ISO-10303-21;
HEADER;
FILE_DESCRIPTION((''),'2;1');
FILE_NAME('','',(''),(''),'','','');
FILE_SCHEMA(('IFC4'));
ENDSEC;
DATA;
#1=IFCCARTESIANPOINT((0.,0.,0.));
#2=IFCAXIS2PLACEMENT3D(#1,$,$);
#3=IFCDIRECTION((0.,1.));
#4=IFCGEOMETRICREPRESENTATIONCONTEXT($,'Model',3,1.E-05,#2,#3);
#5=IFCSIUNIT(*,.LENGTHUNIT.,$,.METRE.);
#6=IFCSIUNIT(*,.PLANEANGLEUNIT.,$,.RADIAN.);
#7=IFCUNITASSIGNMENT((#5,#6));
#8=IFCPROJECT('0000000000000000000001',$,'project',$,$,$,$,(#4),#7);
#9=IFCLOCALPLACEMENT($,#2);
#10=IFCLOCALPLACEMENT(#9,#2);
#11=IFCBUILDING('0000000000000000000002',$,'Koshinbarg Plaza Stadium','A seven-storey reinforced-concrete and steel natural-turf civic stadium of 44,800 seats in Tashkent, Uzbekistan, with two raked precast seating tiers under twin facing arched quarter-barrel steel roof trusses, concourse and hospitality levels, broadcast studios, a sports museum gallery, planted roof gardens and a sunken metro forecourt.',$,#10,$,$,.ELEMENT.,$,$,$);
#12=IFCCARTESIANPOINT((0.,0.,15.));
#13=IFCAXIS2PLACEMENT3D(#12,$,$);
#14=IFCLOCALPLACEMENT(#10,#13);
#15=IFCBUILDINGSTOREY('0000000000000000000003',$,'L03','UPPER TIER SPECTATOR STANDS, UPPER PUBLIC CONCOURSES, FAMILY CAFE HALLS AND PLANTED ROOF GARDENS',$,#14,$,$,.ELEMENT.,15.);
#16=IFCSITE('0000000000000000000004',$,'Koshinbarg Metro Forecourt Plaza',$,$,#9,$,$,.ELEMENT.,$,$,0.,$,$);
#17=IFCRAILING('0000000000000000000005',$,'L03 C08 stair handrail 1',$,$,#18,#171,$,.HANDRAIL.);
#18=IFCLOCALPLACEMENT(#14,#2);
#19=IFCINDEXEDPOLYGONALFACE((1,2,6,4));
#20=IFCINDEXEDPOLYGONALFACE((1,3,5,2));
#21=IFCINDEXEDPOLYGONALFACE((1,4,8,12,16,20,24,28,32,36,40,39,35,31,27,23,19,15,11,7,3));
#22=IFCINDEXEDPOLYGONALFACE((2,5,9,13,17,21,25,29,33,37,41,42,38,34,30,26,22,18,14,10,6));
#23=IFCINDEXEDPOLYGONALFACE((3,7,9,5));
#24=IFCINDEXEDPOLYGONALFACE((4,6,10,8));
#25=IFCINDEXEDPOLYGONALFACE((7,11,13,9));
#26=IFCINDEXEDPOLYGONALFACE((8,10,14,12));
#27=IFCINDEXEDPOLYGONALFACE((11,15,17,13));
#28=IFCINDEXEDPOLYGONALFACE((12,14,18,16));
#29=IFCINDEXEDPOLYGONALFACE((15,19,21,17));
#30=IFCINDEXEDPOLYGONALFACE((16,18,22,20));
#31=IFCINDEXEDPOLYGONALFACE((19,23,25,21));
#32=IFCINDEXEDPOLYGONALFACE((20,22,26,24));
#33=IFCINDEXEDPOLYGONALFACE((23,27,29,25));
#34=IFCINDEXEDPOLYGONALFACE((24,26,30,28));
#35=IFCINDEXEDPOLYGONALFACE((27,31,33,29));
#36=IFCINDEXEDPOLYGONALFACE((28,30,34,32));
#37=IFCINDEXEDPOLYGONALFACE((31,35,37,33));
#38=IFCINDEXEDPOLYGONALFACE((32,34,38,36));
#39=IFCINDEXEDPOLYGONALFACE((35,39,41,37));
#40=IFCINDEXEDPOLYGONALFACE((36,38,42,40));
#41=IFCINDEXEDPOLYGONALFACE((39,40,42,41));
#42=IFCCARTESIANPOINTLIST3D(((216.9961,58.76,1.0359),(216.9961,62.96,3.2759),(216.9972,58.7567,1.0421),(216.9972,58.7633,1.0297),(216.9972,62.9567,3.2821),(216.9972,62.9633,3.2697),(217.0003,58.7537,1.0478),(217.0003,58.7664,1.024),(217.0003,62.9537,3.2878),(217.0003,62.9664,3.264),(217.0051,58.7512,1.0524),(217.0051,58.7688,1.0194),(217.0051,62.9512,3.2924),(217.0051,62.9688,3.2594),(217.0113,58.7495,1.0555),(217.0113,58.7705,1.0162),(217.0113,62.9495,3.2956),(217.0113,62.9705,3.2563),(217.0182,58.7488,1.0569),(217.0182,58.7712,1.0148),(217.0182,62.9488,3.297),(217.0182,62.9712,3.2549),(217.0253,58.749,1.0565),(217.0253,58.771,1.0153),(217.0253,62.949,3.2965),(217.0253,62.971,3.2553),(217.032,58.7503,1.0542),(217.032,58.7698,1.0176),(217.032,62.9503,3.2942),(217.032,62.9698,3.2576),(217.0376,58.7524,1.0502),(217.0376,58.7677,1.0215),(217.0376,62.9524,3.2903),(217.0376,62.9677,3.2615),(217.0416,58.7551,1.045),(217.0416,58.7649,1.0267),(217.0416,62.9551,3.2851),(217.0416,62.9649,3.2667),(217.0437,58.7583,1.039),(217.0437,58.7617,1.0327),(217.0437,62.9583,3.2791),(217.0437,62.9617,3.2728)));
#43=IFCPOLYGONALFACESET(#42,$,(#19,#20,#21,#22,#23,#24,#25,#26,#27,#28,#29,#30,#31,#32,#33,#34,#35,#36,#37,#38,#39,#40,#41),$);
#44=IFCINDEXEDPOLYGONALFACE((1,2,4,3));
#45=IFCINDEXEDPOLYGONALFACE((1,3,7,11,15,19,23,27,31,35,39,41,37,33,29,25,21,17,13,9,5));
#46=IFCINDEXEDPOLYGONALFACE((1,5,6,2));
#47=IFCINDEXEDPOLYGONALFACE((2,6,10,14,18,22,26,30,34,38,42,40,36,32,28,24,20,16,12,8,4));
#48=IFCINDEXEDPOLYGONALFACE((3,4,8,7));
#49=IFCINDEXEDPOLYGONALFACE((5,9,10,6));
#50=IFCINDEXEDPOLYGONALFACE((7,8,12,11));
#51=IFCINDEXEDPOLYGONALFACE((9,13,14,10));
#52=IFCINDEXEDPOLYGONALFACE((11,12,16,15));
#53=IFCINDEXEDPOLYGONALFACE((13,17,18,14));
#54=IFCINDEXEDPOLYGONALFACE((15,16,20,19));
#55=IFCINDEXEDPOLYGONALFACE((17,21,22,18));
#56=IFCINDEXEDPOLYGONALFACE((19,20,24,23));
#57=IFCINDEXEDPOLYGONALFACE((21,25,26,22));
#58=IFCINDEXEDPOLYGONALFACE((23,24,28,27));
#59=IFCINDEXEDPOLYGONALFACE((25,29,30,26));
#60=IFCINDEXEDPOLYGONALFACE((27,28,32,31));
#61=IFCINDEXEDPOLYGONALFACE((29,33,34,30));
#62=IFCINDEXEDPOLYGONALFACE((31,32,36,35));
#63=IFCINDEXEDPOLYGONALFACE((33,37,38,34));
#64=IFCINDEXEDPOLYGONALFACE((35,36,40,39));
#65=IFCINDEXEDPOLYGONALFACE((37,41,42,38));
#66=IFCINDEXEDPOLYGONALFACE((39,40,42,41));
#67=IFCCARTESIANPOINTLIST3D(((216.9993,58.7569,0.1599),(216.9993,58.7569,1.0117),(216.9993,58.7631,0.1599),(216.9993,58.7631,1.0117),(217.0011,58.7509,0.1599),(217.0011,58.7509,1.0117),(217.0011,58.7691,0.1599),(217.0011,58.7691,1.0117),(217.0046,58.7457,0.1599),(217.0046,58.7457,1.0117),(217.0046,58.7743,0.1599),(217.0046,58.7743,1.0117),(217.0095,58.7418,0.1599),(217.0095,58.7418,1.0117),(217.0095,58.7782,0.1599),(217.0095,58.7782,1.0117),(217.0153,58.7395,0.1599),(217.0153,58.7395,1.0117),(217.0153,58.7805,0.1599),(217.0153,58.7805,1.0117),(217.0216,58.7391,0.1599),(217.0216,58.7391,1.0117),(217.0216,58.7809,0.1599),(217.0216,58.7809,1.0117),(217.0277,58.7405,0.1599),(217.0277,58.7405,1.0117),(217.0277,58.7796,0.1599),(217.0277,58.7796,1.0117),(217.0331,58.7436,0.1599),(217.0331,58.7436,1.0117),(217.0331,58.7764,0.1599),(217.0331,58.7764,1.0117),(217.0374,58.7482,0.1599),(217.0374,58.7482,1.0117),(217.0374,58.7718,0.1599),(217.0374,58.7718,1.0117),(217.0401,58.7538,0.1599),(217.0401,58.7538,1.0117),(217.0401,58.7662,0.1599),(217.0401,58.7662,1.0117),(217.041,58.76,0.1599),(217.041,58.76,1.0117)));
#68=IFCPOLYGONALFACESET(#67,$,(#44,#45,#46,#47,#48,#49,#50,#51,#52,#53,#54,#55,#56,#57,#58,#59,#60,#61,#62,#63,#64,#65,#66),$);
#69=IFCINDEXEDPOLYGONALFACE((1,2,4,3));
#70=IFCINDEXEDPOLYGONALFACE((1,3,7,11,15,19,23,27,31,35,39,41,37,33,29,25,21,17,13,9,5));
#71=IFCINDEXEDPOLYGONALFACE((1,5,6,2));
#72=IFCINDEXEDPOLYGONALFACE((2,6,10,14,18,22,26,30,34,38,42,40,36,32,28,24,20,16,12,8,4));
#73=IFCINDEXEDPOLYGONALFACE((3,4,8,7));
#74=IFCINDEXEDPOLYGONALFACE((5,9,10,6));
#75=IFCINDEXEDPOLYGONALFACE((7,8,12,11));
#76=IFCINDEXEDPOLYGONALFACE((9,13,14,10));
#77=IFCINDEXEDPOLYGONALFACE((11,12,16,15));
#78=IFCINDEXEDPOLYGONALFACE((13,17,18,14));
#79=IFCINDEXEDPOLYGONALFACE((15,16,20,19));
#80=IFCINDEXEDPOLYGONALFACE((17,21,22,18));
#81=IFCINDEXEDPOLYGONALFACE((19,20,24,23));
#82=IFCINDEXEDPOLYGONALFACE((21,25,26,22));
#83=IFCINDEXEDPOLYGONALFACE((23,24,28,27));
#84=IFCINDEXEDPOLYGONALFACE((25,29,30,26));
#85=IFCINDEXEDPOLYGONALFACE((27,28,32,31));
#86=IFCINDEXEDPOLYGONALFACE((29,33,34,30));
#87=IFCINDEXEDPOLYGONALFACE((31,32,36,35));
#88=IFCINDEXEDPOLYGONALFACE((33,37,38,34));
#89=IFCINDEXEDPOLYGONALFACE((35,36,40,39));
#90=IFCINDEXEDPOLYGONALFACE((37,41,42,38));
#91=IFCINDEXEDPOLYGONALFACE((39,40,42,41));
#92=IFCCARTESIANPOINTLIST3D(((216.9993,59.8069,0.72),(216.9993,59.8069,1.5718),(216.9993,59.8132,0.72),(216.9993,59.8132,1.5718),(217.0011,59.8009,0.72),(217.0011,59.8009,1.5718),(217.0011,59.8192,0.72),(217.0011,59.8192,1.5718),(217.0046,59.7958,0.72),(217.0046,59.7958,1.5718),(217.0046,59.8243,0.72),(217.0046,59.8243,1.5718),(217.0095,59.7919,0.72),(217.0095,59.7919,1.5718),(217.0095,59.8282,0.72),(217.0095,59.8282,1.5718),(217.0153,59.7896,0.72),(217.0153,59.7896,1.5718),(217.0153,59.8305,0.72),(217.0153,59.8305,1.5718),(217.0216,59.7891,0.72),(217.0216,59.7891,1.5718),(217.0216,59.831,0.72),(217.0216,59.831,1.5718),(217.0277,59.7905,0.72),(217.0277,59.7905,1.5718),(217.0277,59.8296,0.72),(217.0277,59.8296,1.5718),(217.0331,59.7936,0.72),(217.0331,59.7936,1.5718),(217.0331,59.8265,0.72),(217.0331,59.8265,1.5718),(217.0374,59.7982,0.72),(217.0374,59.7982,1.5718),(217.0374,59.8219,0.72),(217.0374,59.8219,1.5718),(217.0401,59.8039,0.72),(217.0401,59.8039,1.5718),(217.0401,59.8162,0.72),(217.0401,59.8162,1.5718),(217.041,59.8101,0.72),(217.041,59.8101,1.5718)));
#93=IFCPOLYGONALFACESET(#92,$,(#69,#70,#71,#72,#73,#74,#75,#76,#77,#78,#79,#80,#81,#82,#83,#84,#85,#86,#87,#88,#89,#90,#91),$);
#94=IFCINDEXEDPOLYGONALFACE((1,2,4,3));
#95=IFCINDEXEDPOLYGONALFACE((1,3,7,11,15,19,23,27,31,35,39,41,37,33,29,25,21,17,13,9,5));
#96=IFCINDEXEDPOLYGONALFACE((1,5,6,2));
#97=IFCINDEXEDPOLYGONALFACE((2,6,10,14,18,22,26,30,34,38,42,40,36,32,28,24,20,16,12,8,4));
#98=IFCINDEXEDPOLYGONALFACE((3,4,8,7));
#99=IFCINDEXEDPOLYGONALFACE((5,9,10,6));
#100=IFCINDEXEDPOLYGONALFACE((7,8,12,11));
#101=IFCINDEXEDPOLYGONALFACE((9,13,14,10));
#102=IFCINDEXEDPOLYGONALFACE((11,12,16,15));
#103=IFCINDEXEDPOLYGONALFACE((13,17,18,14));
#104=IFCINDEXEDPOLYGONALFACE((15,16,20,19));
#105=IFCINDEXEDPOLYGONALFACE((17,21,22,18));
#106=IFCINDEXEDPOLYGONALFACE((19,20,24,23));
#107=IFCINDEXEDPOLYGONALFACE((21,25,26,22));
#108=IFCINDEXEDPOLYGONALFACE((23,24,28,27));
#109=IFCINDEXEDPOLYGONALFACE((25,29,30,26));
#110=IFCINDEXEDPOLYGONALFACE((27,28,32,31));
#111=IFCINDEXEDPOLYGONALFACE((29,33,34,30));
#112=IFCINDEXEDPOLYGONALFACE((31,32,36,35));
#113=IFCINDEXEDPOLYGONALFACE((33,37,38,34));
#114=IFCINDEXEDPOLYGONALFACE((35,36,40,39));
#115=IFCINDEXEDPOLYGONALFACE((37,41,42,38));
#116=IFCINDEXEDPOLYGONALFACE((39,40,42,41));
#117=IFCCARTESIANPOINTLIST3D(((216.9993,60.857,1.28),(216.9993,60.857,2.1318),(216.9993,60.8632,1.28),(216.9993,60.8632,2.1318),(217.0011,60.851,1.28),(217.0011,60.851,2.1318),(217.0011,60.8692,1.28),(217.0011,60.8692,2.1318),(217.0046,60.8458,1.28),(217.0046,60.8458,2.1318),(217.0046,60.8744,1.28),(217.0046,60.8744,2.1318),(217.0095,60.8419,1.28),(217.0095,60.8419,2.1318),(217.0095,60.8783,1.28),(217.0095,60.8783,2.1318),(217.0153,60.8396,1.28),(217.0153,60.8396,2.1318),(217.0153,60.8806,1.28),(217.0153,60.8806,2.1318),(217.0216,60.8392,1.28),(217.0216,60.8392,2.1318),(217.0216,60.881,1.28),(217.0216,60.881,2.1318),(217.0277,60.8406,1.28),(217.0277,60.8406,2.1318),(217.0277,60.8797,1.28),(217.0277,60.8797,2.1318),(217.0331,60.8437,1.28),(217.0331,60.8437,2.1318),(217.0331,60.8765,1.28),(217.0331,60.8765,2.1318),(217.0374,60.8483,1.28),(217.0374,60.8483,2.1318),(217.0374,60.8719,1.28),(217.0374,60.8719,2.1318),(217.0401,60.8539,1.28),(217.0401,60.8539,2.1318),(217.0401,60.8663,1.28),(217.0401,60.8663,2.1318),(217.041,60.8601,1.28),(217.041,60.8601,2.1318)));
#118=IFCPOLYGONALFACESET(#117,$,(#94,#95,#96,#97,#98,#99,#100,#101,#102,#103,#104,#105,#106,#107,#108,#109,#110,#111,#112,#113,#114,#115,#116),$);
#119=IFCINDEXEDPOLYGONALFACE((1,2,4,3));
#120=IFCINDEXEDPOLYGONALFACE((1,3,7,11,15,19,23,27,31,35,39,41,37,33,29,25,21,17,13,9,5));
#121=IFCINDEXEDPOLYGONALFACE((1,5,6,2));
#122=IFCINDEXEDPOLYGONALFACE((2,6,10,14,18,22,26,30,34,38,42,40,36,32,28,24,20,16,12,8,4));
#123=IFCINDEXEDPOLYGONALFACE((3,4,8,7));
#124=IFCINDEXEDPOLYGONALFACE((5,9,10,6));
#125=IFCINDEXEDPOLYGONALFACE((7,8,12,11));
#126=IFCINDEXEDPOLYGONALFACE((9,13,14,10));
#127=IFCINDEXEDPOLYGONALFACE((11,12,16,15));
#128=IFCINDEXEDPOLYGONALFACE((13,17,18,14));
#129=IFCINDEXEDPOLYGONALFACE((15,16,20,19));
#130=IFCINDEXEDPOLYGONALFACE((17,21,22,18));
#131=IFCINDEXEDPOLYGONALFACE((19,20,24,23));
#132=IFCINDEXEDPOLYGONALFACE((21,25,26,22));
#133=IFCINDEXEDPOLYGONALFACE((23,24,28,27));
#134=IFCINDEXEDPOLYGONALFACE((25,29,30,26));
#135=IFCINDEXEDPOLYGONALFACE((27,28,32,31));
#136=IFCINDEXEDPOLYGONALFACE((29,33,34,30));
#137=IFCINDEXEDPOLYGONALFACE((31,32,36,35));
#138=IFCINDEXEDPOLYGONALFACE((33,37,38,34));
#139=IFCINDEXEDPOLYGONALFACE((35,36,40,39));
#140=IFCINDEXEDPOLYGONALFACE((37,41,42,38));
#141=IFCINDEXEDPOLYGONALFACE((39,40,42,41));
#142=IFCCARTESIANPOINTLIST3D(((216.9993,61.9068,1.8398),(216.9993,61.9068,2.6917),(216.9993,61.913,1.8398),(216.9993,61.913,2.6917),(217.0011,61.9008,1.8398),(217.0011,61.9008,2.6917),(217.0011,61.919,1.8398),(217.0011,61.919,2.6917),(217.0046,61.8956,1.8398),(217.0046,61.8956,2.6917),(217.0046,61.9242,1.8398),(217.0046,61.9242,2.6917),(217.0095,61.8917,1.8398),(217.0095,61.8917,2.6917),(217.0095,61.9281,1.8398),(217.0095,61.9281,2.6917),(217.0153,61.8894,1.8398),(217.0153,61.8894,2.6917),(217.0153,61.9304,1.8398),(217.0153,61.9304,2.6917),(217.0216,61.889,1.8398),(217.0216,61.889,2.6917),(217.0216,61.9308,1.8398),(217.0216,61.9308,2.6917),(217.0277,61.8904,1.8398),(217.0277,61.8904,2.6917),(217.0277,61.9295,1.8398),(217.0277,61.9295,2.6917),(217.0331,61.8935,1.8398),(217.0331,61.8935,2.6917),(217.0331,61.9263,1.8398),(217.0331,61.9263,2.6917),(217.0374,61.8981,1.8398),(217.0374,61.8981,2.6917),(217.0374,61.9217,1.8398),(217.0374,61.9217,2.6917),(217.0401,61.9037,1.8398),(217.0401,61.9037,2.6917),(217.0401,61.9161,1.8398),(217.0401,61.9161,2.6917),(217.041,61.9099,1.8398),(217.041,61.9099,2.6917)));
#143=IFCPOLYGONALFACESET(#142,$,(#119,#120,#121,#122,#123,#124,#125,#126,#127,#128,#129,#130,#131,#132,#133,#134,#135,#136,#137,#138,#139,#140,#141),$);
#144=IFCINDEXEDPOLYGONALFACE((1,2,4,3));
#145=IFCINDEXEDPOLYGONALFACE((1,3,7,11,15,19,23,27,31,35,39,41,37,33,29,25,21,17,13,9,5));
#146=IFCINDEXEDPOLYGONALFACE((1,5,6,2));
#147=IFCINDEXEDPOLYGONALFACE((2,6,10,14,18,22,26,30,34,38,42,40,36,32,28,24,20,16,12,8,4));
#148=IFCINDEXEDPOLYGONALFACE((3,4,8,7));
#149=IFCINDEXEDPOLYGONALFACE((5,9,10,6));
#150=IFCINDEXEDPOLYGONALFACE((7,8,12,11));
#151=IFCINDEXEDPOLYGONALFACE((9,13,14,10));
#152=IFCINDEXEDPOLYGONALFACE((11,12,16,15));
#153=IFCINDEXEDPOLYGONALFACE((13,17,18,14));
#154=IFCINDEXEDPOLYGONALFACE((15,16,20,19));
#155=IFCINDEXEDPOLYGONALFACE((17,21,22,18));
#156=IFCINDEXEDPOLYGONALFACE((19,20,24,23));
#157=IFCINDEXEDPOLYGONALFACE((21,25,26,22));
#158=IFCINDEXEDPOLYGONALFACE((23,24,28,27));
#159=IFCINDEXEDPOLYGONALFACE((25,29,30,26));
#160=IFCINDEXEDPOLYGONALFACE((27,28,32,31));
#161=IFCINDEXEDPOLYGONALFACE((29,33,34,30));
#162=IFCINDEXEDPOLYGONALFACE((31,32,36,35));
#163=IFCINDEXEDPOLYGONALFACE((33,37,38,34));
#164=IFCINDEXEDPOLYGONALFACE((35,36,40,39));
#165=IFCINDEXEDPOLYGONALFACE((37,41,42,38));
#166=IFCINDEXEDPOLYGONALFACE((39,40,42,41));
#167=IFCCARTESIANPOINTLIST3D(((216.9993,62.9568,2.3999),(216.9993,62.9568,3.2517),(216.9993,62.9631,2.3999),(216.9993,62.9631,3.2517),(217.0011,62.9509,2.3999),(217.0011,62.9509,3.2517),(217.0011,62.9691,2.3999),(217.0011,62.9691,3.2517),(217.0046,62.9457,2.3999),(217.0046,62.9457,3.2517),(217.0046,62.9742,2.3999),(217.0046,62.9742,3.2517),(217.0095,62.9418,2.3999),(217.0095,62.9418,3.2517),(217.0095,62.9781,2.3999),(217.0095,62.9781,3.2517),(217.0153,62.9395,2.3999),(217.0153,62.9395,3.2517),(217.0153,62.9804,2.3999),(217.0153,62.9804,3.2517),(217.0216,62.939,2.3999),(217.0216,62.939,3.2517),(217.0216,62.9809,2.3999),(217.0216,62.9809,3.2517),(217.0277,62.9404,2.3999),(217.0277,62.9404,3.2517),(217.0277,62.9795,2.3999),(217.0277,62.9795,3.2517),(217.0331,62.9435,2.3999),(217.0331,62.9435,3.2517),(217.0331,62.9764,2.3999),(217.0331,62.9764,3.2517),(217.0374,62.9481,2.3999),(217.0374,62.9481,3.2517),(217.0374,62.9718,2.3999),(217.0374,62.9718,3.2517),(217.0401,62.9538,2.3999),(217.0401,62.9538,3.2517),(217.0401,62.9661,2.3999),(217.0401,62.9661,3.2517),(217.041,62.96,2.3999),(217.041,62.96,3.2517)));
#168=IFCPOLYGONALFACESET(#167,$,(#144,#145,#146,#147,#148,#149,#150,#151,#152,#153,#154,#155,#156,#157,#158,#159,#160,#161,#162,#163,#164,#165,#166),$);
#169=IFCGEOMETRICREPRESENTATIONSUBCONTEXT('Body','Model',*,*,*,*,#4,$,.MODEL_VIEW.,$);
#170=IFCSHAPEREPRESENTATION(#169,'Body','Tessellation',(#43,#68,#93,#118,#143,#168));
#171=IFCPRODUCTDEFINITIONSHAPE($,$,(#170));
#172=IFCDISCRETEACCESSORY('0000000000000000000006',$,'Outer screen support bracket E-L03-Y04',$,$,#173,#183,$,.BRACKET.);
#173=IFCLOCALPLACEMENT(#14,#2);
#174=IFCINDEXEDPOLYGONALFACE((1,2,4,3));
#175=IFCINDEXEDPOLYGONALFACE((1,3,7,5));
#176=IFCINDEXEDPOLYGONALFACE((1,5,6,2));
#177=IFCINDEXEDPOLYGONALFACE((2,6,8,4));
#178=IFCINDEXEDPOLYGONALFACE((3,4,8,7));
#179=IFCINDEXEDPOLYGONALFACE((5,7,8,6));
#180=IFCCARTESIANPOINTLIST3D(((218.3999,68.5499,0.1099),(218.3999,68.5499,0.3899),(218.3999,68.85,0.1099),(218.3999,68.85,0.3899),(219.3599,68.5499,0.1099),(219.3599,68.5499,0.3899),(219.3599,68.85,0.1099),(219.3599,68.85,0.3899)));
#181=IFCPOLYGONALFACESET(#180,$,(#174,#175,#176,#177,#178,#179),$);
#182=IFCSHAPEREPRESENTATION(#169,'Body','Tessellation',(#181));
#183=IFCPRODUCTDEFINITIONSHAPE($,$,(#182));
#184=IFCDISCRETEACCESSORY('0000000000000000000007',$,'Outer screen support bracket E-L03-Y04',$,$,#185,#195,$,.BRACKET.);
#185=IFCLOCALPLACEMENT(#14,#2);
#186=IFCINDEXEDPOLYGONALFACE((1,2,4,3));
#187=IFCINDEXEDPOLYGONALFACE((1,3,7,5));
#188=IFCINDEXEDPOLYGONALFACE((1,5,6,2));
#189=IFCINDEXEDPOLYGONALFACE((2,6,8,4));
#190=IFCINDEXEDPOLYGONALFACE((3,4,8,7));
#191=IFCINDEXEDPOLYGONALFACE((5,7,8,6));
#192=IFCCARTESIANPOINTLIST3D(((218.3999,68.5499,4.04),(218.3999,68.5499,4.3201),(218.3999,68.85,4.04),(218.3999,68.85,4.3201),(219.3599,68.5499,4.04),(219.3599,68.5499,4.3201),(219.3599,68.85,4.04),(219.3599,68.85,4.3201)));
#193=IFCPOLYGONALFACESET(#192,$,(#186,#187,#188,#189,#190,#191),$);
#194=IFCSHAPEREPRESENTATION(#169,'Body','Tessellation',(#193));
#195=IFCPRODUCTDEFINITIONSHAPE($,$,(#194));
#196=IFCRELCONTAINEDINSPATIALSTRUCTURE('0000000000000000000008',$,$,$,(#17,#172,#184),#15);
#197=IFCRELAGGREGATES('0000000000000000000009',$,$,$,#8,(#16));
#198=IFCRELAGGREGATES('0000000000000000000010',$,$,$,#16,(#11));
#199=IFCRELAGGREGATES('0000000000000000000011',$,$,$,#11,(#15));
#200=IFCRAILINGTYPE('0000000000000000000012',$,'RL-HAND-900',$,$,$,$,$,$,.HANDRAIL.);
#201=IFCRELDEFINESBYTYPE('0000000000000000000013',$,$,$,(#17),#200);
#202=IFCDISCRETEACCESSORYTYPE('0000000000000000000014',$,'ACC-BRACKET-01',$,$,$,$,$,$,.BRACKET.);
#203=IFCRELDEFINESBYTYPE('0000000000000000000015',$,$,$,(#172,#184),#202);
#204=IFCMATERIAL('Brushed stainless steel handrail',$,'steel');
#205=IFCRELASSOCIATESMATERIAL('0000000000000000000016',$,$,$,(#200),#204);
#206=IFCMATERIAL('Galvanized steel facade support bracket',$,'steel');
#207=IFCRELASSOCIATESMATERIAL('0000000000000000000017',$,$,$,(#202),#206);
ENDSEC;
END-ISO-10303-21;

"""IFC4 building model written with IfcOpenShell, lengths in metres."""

from ifc_helpers import new_model, si_unit, direction, frame, origin, origin_2d, place, context, subcontext, project, spatial, rectangle, circle, extrude, material, type_object, element, save


model = new_model("IFC4")

# Units and contexts
model_context = context("Model", 3, precision=1e-05, world=origin(), true_north=direction((0.0, 1.0)))
body_context = subcontext(model_context, "Body", "Model", "MODEL_VIEW")
ifc_project = project(units=[si_unit("LENGTHUNIT", "METRE"), si_unit("PLANEANGLEUNIT", "RADIAN")], contexts=[model_context])

# Site, building, storey
site_placement = place(None, origin())
site = spatial("IfcSite", under=ifc_project, at=site_placement, Name="Koshinbarg Metro Forecourt Plaza", CompositionType="ELEMENT", RefElevation=0.0)
building_placement = place(site_placement, origin())
building = spatial("IfcBuilding", under=site, at=building_placement, Name="Koshinbarg Plaza Stadium", Description="A seven-storey reinforced-concrete and steel natural-turf civic stadium of 44,800 seats in Tashkent, Uzbekistan, with two raked precast seating tiers under twin facing arched quarter-barrel steel roof trusses, concourse and hospitality levels, broadcast studios, a sports museum gallery, planted roof gardens and a sunken metro forecourt.", CompositionType="ELEMENT")
storey_placement = place(building_placement, frame((0.0, 0.0, 15.0)))
storey = spatial("IfcBuildingStorey", under=building, at=storey_placement, Name="L03", Description="UPPER TIER SPECTATOR STANDS, UPPER PUBLIC CONCOURSES, FAMILY CAFE HALLS AND PLANTED ROOF GARDENS", CompositionType="ELEMENT", Elevation=15.0)

# Railing
ifc_material_1 = material(Name="Brushed stainless steel handrail", Category="steel")
railing_type_1 = type_object("IfcRailingType", Name="RL-HAND-900", PredefinedType="HANDRAIL", material=ifc_material_1)
railing_1_placement = place(storey_placement, frame((217.02, 58.76, 0.1599)))
element("IfcRailing", 1, at=railing_1_placement, inside=storey, type_object=railing_type_1, Name="L03 C08 stair handrail 1", PredefinedType="HANDRAIL", context=body_context, shape_type="SweptSolid", body=[
    extrude(circle(Radius=0.0239, at=origin_2d()), frame((0.0, 0.0, 0.876), z_axis=(0.0, 0.882352, 0.470591), x_axis=(-1.0, 0.0, 0.0)), (0.0, 0.0, 1.0), 4.76),
    extrude(circle(Radius=0.021, at=origin_2d()), origin(), (0.0, 0.0, 1.0), 0.8518),
    extrude(circle(Radius=0.021, at=origin_2d()), frame((0.0, 1.05, 0.5601)), (0.0, 0.0, 1.0), 0.8518),
    extrude(circle(Radius=0.021, at=origin_2d()), frame((0.0, 2.1001, 1.1201)), (0.0, 0.0, 1.0), 0.8518),
    extrude(circle(Radius=0.021, at=origin_2d()), frame((0.0, 3.1499, 1.6799)), (0.0, 0.0, 1.0), 0.8518),
    extrude(circle(Radius=0.021, at=origin_2d()), frame((0.0, 4.2, 2.24)), (0.0, 0.0, 1.0), 0.8518),
])

# Discrete accessories
ifc_material_2 = material(Name="Galvanized steel facade support bracket", Category="steel")
discrete_accessory_type = type_object("IfcDiscreteAccessoryType", Name="ACC-BRACKET-01", PredefinedType="BRACKET", material=ifc_material_2)
for number, where, z_axis, x_axis, name in (
    (2, (218.8799, 68.7, 0.1099), (0.0, 0.0, 1.0), (1.0, 0.0, 0.0), "Outer screen support bracket E-L03-Y04"),
    (3, (218.8799, 68.7, 4.04), (0.0, 0.0, 1.0), (1.0, 0.0, 0.0), "Outer screen support bracket E-L03-Y04"),
):
    element("IfcDiscreteAccessory", number, at=place(storey_placement, frame(where, z_axis=z_axis, x_axis=x_axis)), inside=storey, type_object=discrete_accessory_type, Name=name, PredefinedType="BRACKET", context=body_context, shape_type="SweptSolid", body=[
        extrude(rectangle(XDim=0.96, YDim=0.3, at=origin_2d()), origin(), (0.0, 0.0, 1.0), 0.28),
    ])

save(model, "model.ifc")
